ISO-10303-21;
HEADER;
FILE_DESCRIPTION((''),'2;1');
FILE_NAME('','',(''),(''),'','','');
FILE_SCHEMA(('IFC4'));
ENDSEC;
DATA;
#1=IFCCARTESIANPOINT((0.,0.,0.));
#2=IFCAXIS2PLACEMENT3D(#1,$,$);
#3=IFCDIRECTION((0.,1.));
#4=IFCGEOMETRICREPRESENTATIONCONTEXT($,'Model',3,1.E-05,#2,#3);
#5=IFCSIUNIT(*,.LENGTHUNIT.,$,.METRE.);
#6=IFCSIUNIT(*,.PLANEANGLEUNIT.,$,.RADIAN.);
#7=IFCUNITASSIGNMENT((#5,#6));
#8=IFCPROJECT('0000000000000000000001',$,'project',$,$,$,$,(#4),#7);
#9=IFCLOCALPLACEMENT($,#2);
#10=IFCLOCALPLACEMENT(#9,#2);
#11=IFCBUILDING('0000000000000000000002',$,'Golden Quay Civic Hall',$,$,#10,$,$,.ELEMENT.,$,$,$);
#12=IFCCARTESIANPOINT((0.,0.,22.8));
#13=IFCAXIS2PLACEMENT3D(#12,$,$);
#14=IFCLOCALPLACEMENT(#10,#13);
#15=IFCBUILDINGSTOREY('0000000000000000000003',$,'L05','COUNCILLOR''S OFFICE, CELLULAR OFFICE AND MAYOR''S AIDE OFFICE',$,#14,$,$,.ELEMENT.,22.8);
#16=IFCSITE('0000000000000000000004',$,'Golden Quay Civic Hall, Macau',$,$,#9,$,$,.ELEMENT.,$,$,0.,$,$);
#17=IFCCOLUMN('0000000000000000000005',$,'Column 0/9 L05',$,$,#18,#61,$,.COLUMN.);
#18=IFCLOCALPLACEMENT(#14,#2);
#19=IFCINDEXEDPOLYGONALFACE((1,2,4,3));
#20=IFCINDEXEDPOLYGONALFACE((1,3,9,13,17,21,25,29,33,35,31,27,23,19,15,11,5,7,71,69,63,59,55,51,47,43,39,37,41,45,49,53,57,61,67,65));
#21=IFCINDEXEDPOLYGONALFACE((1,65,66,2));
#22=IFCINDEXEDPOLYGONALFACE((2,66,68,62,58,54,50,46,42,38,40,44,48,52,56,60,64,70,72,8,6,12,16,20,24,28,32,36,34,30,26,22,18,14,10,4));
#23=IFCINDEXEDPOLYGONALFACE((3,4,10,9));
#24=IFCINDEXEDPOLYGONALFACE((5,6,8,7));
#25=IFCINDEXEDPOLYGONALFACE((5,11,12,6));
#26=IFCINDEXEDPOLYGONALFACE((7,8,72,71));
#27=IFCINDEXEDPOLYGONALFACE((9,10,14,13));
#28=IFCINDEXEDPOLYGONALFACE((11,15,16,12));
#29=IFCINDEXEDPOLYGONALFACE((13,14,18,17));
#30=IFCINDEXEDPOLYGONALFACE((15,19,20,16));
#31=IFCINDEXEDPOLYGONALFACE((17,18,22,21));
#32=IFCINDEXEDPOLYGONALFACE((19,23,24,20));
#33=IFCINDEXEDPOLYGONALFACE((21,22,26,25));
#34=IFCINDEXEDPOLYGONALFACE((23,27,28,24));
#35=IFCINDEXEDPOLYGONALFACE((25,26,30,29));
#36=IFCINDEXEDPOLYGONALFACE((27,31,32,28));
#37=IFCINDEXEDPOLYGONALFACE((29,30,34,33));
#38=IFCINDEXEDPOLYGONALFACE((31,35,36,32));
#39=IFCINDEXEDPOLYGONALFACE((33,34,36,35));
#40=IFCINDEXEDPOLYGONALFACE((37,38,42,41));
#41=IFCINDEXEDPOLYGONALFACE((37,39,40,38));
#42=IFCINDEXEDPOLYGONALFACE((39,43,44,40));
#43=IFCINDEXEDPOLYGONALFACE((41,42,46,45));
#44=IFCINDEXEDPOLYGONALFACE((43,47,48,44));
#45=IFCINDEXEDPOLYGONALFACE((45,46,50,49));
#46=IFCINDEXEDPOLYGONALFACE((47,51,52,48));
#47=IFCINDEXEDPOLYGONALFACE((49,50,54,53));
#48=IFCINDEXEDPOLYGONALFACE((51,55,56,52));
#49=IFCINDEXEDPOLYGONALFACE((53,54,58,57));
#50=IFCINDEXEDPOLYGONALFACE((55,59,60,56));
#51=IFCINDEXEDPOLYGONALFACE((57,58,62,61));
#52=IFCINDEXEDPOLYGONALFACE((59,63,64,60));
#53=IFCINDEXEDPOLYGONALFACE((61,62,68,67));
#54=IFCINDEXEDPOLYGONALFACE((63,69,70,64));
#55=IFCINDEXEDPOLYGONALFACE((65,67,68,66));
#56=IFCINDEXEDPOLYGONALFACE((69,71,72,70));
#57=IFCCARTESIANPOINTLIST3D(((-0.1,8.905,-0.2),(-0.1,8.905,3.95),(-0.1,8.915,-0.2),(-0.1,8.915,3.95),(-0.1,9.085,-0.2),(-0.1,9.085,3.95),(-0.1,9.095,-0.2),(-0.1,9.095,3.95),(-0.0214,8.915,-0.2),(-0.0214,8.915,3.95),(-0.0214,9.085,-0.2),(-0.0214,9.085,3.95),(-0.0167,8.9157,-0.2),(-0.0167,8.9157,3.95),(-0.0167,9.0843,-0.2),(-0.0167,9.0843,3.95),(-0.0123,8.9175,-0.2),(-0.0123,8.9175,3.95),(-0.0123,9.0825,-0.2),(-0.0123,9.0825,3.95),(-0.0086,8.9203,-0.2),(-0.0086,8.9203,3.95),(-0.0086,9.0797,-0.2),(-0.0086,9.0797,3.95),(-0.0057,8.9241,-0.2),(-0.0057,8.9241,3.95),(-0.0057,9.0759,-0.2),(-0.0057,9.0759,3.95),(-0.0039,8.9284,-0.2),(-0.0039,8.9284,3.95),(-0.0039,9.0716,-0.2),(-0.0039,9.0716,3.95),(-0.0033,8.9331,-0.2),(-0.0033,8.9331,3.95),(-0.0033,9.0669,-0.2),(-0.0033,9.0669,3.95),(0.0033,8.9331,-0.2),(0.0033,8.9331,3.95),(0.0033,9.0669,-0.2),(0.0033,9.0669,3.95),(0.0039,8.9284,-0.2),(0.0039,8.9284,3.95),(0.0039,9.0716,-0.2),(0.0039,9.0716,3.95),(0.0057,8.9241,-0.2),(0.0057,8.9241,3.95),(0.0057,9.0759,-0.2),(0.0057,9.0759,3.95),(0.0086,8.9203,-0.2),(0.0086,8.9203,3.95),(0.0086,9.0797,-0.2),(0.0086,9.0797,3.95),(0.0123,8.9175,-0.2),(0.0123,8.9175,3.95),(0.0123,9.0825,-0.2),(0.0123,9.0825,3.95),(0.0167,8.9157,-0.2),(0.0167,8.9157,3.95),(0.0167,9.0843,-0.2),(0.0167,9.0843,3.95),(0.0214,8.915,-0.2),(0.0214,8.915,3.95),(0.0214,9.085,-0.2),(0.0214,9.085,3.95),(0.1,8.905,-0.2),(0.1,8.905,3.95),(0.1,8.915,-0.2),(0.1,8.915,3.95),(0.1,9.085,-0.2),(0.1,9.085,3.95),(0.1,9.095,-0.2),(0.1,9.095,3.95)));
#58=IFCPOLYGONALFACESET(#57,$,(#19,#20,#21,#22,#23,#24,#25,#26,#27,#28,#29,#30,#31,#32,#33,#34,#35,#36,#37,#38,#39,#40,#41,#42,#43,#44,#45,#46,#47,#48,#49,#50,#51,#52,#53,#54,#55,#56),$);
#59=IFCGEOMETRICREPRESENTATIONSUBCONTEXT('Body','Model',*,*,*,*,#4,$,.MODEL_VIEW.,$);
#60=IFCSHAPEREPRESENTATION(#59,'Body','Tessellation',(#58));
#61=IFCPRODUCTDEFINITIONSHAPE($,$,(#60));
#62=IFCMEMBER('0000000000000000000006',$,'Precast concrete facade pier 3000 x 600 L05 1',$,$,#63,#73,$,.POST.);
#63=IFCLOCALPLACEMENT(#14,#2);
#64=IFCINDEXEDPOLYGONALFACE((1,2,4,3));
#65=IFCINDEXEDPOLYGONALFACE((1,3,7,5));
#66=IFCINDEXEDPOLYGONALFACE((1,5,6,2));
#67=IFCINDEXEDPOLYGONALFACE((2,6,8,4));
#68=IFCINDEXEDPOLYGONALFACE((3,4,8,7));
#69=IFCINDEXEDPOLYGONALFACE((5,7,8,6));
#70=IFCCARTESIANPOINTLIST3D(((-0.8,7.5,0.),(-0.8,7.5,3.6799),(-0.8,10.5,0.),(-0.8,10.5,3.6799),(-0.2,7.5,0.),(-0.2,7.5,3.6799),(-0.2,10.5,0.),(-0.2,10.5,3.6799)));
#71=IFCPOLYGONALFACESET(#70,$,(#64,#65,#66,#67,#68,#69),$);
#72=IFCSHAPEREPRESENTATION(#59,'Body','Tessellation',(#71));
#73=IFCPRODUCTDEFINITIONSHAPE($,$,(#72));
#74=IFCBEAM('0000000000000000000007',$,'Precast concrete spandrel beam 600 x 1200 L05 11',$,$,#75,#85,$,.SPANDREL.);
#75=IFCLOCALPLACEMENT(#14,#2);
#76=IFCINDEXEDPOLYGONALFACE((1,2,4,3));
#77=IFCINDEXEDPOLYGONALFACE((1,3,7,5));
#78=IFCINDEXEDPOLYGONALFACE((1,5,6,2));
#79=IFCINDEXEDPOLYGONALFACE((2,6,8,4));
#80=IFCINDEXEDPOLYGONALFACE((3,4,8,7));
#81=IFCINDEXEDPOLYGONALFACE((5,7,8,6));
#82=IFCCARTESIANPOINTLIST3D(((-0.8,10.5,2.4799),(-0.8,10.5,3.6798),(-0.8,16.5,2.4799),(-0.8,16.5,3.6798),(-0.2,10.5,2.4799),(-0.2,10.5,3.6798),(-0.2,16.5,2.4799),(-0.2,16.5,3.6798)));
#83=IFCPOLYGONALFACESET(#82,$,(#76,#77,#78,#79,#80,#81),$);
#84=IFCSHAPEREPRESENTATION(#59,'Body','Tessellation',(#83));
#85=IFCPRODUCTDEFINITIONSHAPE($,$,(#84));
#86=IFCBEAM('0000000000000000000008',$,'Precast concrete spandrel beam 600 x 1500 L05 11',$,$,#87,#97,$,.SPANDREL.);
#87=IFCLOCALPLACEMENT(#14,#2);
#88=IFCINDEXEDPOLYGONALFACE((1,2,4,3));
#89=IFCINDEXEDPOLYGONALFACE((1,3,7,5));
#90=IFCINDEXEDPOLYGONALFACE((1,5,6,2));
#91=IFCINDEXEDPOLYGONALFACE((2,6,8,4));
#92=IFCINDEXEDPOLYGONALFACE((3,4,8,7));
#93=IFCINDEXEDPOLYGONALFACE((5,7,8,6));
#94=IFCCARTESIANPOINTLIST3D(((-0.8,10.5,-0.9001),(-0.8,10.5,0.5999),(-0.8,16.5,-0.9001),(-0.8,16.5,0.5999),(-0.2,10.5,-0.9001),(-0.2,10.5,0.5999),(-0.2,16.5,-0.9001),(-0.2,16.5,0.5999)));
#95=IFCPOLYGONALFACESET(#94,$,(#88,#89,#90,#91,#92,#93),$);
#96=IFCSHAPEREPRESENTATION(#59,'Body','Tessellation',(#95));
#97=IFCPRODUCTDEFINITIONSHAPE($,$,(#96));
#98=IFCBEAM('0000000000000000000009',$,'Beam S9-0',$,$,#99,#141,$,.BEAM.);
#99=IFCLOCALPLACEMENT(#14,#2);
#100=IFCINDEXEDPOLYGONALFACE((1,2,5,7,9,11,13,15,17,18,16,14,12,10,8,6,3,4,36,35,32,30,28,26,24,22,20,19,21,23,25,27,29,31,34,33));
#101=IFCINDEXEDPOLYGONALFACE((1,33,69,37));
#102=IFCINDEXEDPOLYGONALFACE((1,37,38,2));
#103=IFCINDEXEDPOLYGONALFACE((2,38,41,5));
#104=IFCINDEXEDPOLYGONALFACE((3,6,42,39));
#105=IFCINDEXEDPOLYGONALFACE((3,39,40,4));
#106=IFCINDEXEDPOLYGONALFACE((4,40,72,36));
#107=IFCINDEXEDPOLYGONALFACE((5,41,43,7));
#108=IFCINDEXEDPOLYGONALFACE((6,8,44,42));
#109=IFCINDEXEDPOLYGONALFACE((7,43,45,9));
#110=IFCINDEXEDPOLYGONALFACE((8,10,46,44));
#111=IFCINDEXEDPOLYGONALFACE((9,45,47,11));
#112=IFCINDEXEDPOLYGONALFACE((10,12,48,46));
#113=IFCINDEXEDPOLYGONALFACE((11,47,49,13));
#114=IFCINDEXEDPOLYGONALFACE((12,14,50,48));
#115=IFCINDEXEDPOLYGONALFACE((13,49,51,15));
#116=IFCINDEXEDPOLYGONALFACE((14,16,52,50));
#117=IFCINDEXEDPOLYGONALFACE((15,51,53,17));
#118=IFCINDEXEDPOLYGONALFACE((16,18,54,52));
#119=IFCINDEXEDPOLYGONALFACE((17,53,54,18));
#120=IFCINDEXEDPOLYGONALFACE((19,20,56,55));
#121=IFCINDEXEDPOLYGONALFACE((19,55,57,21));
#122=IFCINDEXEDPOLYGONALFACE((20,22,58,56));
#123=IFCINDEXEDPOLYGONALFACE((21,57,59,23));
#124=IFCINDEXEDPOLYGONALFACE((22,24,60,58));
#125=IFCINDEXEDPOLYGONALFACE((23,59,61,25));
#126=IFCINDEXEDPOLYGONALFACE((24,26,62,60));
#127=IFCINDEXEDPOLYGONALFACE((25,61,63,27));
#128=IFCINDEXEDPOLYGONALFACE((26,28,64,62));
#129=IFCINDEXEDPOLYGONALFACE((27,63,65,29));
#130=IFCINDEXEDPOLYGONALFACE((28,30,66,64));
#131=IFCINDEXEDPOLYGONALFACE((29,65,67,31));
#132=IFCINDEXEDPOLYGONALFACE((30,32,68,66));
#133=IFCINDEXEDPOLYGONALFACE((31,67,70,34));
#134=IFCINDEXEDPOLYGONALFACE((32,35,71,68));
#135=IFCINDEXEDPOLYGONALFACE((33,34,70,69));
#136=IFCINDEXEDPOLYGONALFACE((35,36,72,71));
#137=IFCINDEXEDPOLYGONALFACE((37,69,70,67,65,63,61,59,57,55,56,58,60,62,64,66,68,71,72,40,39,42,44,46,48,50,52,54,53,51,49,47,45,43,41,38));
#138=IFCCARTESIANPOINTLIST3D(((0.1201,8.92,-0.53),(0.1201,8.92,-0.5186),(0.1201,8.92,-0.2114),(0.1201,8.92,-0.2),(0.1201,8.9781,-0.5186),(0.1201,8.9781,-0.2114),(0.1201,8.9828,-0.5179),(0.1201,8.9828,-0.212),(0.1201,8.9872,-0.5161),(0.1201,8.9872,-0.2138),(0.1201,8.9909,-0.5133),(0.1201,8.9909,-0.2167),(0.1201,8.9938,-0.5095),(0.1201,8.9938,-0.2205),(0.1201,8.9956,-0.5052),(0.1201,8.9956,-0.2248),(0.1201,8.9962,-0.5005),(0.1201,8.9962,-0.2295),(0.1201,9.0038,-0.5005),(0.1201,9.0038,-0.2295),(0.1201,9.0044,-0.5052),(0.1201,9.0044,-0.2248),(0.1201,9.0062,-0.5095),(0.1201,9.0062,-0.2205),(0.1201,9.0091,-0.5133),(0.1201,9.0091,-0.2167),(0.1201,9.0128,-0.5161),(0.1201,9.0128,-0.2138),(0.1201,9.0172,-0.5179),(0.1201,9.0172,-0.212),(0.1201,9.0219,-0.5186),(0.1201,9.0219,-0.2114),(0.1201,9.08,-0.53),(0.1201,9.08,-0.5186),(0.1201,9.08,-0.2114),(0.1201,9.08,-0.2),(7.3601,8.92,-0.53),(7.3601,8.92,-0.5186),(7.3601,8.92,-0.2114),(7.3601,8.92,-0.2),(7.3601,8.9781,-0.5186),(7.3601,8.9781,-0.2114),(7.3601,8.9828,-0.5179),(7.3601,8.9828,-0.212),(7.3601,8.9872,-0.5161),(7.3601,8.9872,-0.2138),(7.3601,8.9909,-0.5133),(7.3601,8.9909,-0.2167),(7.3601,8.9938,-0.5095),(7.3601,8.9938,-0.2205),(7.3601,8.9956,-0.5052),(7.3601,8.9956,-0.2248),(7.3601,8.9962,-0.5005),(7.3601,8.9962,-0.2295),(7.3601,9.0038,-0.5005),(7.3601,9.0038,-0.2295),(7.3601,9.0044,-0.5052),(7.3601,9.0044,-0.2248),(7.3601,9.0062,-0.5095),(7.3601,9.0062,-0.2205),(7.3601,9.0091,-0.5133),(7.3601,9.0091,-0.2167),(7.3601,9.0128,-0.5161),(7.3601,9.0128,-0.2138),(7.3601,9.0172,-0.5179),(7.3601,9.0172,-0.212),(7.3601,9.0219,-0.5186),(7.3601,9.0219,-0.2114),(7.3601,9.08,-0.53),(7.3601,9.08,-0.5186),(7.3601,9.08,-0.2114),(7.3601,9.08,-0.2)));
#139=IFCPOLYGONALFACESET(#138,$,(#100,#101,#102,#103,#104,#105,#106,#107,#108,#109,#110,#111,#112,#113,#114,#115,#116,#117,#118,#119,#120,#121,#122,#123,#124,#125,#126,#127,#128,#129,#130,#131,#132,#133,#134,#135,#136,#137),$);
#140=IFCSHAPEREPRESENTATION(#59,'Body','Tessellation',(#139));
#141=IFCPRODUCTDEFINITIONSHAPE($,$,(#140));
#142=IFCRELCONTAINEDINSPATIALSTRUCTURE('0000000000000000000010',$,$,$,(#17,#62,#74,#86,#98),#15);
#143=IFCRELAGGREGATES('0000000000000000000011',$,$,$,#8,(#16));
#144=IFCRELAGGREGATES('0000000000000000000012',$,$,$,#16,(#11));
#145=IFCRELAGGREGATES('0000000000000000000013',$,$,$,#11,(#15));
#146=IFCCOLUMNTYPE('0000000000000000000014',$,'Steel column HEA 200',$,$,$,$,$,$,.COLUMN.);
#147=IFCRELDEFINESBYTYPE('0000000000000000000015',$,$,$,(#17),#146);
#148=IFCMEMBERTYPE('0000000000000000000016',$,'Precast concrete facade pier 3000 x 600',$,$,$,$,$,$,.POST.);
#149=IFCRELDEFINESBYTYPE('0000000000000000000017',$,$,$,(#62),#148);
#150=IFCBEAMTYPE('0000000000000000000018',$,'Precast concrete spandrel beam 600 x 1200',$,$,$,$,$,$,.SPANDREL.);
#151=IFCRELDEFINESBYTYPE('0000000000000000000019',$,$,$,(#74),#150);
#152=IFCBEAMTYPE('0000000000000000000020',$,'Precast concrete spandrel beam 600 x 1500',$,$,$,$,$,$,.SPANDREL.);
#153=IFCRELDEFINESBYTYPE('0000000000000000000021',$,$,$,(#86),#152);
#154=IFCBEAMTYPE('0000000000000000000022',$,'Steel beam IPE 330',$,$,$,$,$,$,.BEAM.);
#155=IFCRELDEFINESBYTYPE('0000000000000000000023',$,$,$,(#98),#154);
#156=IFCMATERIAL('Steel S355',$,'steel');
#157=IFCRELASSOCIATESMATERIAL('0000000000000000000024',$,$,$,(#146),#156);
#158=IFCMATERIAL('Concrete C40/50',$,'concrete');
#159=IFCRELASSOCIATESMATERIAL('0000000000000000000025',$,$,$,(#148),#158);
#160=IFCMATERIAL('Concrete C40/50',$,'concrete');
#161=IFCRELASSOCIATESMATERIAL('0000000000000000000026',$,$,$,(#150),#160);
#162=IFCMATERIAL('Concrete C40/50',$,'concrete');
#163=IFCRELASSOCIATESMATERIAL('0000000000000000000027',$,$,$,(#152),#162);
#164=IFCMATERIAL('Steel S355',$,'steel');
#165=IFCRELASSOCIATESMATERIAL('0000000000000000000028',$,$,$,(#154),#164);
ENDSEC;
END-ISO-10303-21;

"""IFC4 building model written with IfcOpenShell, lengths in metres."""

from ifc_helpers import new_model, si_unit, direction, frame, origin, origin_2d, place, context, subcontext, project, spatial, rectangle, i_section, extrude, material, material_profile, profile_set, type_object, element, save


model = new_model("IFC4")

# Units and contexts
model_context = context("Model", 3, precision=1e-05, world=origin(), true_north=direction((0.0, 1.0)))
body_context = subcontext(model_context, "Body", "Model", "MODEL_VIEW")
ifc_project = project(units=[si_unit("LENGTHUNIT", "METRE"), si_unit("PLANEANGLEUNIT", "RADIAN")], contexts=[model_context])

# Site, building, storey
site_placement = place(None, origin())
site = spatial("IfcSite", under=ifc_project, at=site_placement, Name="Golden Quay Civic Hall, Macau", CompositionType="ELEMENT", RefElevation=0.0)
building_placement = place(site_placement, origin())
building = spatial("IfcBuilding", under=site, at=building_placement, Name="Golden Quay Civic Hall", CompositionType="ELEMENT")
storey_placement = place(building_placement, frame((0.0, 0.0, 22.8)))
storey = spatial("IfcBuildingStorey", under=building, at=storey_placement, Name="L05", Description="COUNCILLOR'S OFFICE, CELLULAR OFFICE AND MAYOR'S AIDE OFFICE", CompositionType="ELEMENT", Elevation=22.8)

# Column
ifc_material_1 = material(Name="Steel S355", Category="steel")
ifc_material_profile_1 = material_profile(ifc_material_1, i_section(OverallWidth=0.2, OverallDepth=0.1899, WebThickness=0.0066, FlangeThickness=0.01, FilletRadius=0.0181, at=origin_2d()), Name="HEA 200")
ifc_profile_set_1 = profile_set([ifc_material_profile_1], Name="Steel S355")
column_type = type_object("IfcColumnType", Name="Steel column HEA 200", PredefinedType="COLUMN", material=ifc_profile_set_1)
column_placement = place(storey_placement, frame((0.0, 9.0, -0.2), z_axis=(0.0, 0.0, 1.0), x_axis=(1.0, 0.0, 0.0)))
element("IfcColumn", 1, at=column_placement, inside=storey, type_object=column_type, Name="Column 0/9 L05", PredefinedType="COLUMN", context=body_context, shape_type="SweptSolid", body=[
    extrude(i_section(OverallWidth=0.2, OverallDepth=0.1899, WebThickness=0.0066, FlangeThickness=0.01, FilletRadius=0.0181, at=origin_2d()), origin(), (0.0, 0.0, 1.0), 4.1499),
])

# Member
ifc_material_2 = material(Name="Concrete C40/50", Category="concrete")
ifc_material_profile_2 = material_profile(ifc_material_2, rectangle(XDim=3.0, YDim=0.6001, at=origin_2d()), Name="RC 3000x600")
ifc_profile_set_2 = profile_set([ifc_material_profile_2], Name="Concrete C40/50")
member_type = type_object("IfcMemberType", Name="Precast concrete facade pier 3000 x 600", PredefinedType="POST", material=ifc_profile_set_2)
member_placement = place(storey_placement, frame((-0.5, 9.0, 0.0), z_axis=(0.0, 0.0, 1.0), x_axis=(0.0, 1.0, 0.0)))
element("IfcMember", 2, at=member_placement, inside=storey, type_object=member_type, Name="Precast concrete facade pier 3000 x 600 L05 1", PredefinedType="POST", context=body_context, shape_type="SweptSolid", body=[
    extrude(rectangle(XDim=3.0, YDim=0.6001, at=origin_2d()), origin(), (0.0, 0.0, 1.0), 3.6799),
])

# Beams
ifc_material_3 = material(Name="Concrete C40/50", Category="concrete")
ifc_material_profile_3 = material_profile(ifc_material_3, rectangle(XDim=0.6001, YDim=1.2, at=origin_2d()), Name="RC 600x1200")
ifc_profile_set_3 = profile_set([ifc_material_profile_3], Name="Concrete C40/50")
beam_type_1 = type_object("IfcBeamType", Name="Precast concrete spandrel beam 600 x 1200", PredefinedType="SPANDREL", material=ifc_profile_set_3)
beam_1_placement = place(storey_placement, frame((-0.5, 10.5, 3.0798), z_axis=(0.0, 1.0, 0.0), x_axis=(-1.0, 0.0, 0.0)))
element("IfcBeam", 3, at=beam_1_placement, inside=storey, type_object=beam_type_1, Name="Precast concrete spandrel beam 600 x 1200 L05 11", PredefinedType="SPANDREL", context=body_context, shape_type="SweptSolid", body=[
    extrude(rectangle(XDim=0.6001, YDim=1.2, at=origin_2d()), origin(), (0.0, 0.0, 1.0), 6.0),
])
ifc_material_4 = material(Name="Concrete C40/50", Category="concrete")
ifc_material_profile_4 = material_profile(ifc_material_4, rectangle(XDim=0.6001, YDim=1.5, at=origin_2d()), Name="RC 600x1500")
ifc_profile_set_4 = profile_set([ifc_material_profile_4], Name="Concrete C40/50")
beam_type_2 = type_object("IfcBeamType", Name="Precast concrete spandrel beam 600 x 1500", PredefinedType="SPANDREL", material=ifc_profile_set_4)
beam_2_placement = place(storey_placement, frame((-0.5, 10.5, -0.1501), z_axis=(0.0, 1.0, 0.0), x_axis=(-1.0, 0.0, 0.0)))
element("IfcBeam", 4, at=beam_2_placement, inside=storey, type_object=beam_type_2, Name="Precast concrete spandrel beam 600 x 1500 L05 11", PredefinedType="SPANDREL", context=body_context, shape_type="SweptSolid", body=[
    extrude(rectangle(XDim=0.6001, YDim=1.5, at=origin_2d()), origin(), (0.0, 0.0, 1.0), 6.0),
])
ifc_material_5 = material(Name="Steel S355", Category="steel")
ifc_material_profile_5 = material_profile(ifc_material_5, i_section(OverallWidth=0.1599, OverallDepth=0.3301, WebThickness=0.0076, FlangeThickness=0.0115, FilletRadius=0.0181, at=origin_2d()), Name="IPE 330")
ifc_profile_set_5 = profile_set([ifc_material_profile_5], Name="Steel S355")
beam_type_3 = type_object("IfcBeamType", Name="Steel beam IPE 330", PredefinedType="BEAM", material=ifc_profile_set_5)
beam_3_placement = place(storey_placement, frame((0.1201, 9.0, -0.365), z_axis=(1.0, 0.0, 0.0), x_axis=(0.0, 1.0, 0.0)))
element("IfcBeam", 5, at=beam_3_placement, inside=storey, type_object=beam_type_3, Name="Beam S9-0", PredefinedType="BEAM", context=body_context, shape_type="SweptSolid", body=[
    extrude(i_section(OverallWidth=0.1599, OverallDepth=0.3301, WebThickness=0.0076, FlangeThickness=0.0115, FilletRadius=0.0181, at=origin_2d()), origin(), (0.0, 0.0, 1.0), 7.24),
])

save(model, "model.ifc")
